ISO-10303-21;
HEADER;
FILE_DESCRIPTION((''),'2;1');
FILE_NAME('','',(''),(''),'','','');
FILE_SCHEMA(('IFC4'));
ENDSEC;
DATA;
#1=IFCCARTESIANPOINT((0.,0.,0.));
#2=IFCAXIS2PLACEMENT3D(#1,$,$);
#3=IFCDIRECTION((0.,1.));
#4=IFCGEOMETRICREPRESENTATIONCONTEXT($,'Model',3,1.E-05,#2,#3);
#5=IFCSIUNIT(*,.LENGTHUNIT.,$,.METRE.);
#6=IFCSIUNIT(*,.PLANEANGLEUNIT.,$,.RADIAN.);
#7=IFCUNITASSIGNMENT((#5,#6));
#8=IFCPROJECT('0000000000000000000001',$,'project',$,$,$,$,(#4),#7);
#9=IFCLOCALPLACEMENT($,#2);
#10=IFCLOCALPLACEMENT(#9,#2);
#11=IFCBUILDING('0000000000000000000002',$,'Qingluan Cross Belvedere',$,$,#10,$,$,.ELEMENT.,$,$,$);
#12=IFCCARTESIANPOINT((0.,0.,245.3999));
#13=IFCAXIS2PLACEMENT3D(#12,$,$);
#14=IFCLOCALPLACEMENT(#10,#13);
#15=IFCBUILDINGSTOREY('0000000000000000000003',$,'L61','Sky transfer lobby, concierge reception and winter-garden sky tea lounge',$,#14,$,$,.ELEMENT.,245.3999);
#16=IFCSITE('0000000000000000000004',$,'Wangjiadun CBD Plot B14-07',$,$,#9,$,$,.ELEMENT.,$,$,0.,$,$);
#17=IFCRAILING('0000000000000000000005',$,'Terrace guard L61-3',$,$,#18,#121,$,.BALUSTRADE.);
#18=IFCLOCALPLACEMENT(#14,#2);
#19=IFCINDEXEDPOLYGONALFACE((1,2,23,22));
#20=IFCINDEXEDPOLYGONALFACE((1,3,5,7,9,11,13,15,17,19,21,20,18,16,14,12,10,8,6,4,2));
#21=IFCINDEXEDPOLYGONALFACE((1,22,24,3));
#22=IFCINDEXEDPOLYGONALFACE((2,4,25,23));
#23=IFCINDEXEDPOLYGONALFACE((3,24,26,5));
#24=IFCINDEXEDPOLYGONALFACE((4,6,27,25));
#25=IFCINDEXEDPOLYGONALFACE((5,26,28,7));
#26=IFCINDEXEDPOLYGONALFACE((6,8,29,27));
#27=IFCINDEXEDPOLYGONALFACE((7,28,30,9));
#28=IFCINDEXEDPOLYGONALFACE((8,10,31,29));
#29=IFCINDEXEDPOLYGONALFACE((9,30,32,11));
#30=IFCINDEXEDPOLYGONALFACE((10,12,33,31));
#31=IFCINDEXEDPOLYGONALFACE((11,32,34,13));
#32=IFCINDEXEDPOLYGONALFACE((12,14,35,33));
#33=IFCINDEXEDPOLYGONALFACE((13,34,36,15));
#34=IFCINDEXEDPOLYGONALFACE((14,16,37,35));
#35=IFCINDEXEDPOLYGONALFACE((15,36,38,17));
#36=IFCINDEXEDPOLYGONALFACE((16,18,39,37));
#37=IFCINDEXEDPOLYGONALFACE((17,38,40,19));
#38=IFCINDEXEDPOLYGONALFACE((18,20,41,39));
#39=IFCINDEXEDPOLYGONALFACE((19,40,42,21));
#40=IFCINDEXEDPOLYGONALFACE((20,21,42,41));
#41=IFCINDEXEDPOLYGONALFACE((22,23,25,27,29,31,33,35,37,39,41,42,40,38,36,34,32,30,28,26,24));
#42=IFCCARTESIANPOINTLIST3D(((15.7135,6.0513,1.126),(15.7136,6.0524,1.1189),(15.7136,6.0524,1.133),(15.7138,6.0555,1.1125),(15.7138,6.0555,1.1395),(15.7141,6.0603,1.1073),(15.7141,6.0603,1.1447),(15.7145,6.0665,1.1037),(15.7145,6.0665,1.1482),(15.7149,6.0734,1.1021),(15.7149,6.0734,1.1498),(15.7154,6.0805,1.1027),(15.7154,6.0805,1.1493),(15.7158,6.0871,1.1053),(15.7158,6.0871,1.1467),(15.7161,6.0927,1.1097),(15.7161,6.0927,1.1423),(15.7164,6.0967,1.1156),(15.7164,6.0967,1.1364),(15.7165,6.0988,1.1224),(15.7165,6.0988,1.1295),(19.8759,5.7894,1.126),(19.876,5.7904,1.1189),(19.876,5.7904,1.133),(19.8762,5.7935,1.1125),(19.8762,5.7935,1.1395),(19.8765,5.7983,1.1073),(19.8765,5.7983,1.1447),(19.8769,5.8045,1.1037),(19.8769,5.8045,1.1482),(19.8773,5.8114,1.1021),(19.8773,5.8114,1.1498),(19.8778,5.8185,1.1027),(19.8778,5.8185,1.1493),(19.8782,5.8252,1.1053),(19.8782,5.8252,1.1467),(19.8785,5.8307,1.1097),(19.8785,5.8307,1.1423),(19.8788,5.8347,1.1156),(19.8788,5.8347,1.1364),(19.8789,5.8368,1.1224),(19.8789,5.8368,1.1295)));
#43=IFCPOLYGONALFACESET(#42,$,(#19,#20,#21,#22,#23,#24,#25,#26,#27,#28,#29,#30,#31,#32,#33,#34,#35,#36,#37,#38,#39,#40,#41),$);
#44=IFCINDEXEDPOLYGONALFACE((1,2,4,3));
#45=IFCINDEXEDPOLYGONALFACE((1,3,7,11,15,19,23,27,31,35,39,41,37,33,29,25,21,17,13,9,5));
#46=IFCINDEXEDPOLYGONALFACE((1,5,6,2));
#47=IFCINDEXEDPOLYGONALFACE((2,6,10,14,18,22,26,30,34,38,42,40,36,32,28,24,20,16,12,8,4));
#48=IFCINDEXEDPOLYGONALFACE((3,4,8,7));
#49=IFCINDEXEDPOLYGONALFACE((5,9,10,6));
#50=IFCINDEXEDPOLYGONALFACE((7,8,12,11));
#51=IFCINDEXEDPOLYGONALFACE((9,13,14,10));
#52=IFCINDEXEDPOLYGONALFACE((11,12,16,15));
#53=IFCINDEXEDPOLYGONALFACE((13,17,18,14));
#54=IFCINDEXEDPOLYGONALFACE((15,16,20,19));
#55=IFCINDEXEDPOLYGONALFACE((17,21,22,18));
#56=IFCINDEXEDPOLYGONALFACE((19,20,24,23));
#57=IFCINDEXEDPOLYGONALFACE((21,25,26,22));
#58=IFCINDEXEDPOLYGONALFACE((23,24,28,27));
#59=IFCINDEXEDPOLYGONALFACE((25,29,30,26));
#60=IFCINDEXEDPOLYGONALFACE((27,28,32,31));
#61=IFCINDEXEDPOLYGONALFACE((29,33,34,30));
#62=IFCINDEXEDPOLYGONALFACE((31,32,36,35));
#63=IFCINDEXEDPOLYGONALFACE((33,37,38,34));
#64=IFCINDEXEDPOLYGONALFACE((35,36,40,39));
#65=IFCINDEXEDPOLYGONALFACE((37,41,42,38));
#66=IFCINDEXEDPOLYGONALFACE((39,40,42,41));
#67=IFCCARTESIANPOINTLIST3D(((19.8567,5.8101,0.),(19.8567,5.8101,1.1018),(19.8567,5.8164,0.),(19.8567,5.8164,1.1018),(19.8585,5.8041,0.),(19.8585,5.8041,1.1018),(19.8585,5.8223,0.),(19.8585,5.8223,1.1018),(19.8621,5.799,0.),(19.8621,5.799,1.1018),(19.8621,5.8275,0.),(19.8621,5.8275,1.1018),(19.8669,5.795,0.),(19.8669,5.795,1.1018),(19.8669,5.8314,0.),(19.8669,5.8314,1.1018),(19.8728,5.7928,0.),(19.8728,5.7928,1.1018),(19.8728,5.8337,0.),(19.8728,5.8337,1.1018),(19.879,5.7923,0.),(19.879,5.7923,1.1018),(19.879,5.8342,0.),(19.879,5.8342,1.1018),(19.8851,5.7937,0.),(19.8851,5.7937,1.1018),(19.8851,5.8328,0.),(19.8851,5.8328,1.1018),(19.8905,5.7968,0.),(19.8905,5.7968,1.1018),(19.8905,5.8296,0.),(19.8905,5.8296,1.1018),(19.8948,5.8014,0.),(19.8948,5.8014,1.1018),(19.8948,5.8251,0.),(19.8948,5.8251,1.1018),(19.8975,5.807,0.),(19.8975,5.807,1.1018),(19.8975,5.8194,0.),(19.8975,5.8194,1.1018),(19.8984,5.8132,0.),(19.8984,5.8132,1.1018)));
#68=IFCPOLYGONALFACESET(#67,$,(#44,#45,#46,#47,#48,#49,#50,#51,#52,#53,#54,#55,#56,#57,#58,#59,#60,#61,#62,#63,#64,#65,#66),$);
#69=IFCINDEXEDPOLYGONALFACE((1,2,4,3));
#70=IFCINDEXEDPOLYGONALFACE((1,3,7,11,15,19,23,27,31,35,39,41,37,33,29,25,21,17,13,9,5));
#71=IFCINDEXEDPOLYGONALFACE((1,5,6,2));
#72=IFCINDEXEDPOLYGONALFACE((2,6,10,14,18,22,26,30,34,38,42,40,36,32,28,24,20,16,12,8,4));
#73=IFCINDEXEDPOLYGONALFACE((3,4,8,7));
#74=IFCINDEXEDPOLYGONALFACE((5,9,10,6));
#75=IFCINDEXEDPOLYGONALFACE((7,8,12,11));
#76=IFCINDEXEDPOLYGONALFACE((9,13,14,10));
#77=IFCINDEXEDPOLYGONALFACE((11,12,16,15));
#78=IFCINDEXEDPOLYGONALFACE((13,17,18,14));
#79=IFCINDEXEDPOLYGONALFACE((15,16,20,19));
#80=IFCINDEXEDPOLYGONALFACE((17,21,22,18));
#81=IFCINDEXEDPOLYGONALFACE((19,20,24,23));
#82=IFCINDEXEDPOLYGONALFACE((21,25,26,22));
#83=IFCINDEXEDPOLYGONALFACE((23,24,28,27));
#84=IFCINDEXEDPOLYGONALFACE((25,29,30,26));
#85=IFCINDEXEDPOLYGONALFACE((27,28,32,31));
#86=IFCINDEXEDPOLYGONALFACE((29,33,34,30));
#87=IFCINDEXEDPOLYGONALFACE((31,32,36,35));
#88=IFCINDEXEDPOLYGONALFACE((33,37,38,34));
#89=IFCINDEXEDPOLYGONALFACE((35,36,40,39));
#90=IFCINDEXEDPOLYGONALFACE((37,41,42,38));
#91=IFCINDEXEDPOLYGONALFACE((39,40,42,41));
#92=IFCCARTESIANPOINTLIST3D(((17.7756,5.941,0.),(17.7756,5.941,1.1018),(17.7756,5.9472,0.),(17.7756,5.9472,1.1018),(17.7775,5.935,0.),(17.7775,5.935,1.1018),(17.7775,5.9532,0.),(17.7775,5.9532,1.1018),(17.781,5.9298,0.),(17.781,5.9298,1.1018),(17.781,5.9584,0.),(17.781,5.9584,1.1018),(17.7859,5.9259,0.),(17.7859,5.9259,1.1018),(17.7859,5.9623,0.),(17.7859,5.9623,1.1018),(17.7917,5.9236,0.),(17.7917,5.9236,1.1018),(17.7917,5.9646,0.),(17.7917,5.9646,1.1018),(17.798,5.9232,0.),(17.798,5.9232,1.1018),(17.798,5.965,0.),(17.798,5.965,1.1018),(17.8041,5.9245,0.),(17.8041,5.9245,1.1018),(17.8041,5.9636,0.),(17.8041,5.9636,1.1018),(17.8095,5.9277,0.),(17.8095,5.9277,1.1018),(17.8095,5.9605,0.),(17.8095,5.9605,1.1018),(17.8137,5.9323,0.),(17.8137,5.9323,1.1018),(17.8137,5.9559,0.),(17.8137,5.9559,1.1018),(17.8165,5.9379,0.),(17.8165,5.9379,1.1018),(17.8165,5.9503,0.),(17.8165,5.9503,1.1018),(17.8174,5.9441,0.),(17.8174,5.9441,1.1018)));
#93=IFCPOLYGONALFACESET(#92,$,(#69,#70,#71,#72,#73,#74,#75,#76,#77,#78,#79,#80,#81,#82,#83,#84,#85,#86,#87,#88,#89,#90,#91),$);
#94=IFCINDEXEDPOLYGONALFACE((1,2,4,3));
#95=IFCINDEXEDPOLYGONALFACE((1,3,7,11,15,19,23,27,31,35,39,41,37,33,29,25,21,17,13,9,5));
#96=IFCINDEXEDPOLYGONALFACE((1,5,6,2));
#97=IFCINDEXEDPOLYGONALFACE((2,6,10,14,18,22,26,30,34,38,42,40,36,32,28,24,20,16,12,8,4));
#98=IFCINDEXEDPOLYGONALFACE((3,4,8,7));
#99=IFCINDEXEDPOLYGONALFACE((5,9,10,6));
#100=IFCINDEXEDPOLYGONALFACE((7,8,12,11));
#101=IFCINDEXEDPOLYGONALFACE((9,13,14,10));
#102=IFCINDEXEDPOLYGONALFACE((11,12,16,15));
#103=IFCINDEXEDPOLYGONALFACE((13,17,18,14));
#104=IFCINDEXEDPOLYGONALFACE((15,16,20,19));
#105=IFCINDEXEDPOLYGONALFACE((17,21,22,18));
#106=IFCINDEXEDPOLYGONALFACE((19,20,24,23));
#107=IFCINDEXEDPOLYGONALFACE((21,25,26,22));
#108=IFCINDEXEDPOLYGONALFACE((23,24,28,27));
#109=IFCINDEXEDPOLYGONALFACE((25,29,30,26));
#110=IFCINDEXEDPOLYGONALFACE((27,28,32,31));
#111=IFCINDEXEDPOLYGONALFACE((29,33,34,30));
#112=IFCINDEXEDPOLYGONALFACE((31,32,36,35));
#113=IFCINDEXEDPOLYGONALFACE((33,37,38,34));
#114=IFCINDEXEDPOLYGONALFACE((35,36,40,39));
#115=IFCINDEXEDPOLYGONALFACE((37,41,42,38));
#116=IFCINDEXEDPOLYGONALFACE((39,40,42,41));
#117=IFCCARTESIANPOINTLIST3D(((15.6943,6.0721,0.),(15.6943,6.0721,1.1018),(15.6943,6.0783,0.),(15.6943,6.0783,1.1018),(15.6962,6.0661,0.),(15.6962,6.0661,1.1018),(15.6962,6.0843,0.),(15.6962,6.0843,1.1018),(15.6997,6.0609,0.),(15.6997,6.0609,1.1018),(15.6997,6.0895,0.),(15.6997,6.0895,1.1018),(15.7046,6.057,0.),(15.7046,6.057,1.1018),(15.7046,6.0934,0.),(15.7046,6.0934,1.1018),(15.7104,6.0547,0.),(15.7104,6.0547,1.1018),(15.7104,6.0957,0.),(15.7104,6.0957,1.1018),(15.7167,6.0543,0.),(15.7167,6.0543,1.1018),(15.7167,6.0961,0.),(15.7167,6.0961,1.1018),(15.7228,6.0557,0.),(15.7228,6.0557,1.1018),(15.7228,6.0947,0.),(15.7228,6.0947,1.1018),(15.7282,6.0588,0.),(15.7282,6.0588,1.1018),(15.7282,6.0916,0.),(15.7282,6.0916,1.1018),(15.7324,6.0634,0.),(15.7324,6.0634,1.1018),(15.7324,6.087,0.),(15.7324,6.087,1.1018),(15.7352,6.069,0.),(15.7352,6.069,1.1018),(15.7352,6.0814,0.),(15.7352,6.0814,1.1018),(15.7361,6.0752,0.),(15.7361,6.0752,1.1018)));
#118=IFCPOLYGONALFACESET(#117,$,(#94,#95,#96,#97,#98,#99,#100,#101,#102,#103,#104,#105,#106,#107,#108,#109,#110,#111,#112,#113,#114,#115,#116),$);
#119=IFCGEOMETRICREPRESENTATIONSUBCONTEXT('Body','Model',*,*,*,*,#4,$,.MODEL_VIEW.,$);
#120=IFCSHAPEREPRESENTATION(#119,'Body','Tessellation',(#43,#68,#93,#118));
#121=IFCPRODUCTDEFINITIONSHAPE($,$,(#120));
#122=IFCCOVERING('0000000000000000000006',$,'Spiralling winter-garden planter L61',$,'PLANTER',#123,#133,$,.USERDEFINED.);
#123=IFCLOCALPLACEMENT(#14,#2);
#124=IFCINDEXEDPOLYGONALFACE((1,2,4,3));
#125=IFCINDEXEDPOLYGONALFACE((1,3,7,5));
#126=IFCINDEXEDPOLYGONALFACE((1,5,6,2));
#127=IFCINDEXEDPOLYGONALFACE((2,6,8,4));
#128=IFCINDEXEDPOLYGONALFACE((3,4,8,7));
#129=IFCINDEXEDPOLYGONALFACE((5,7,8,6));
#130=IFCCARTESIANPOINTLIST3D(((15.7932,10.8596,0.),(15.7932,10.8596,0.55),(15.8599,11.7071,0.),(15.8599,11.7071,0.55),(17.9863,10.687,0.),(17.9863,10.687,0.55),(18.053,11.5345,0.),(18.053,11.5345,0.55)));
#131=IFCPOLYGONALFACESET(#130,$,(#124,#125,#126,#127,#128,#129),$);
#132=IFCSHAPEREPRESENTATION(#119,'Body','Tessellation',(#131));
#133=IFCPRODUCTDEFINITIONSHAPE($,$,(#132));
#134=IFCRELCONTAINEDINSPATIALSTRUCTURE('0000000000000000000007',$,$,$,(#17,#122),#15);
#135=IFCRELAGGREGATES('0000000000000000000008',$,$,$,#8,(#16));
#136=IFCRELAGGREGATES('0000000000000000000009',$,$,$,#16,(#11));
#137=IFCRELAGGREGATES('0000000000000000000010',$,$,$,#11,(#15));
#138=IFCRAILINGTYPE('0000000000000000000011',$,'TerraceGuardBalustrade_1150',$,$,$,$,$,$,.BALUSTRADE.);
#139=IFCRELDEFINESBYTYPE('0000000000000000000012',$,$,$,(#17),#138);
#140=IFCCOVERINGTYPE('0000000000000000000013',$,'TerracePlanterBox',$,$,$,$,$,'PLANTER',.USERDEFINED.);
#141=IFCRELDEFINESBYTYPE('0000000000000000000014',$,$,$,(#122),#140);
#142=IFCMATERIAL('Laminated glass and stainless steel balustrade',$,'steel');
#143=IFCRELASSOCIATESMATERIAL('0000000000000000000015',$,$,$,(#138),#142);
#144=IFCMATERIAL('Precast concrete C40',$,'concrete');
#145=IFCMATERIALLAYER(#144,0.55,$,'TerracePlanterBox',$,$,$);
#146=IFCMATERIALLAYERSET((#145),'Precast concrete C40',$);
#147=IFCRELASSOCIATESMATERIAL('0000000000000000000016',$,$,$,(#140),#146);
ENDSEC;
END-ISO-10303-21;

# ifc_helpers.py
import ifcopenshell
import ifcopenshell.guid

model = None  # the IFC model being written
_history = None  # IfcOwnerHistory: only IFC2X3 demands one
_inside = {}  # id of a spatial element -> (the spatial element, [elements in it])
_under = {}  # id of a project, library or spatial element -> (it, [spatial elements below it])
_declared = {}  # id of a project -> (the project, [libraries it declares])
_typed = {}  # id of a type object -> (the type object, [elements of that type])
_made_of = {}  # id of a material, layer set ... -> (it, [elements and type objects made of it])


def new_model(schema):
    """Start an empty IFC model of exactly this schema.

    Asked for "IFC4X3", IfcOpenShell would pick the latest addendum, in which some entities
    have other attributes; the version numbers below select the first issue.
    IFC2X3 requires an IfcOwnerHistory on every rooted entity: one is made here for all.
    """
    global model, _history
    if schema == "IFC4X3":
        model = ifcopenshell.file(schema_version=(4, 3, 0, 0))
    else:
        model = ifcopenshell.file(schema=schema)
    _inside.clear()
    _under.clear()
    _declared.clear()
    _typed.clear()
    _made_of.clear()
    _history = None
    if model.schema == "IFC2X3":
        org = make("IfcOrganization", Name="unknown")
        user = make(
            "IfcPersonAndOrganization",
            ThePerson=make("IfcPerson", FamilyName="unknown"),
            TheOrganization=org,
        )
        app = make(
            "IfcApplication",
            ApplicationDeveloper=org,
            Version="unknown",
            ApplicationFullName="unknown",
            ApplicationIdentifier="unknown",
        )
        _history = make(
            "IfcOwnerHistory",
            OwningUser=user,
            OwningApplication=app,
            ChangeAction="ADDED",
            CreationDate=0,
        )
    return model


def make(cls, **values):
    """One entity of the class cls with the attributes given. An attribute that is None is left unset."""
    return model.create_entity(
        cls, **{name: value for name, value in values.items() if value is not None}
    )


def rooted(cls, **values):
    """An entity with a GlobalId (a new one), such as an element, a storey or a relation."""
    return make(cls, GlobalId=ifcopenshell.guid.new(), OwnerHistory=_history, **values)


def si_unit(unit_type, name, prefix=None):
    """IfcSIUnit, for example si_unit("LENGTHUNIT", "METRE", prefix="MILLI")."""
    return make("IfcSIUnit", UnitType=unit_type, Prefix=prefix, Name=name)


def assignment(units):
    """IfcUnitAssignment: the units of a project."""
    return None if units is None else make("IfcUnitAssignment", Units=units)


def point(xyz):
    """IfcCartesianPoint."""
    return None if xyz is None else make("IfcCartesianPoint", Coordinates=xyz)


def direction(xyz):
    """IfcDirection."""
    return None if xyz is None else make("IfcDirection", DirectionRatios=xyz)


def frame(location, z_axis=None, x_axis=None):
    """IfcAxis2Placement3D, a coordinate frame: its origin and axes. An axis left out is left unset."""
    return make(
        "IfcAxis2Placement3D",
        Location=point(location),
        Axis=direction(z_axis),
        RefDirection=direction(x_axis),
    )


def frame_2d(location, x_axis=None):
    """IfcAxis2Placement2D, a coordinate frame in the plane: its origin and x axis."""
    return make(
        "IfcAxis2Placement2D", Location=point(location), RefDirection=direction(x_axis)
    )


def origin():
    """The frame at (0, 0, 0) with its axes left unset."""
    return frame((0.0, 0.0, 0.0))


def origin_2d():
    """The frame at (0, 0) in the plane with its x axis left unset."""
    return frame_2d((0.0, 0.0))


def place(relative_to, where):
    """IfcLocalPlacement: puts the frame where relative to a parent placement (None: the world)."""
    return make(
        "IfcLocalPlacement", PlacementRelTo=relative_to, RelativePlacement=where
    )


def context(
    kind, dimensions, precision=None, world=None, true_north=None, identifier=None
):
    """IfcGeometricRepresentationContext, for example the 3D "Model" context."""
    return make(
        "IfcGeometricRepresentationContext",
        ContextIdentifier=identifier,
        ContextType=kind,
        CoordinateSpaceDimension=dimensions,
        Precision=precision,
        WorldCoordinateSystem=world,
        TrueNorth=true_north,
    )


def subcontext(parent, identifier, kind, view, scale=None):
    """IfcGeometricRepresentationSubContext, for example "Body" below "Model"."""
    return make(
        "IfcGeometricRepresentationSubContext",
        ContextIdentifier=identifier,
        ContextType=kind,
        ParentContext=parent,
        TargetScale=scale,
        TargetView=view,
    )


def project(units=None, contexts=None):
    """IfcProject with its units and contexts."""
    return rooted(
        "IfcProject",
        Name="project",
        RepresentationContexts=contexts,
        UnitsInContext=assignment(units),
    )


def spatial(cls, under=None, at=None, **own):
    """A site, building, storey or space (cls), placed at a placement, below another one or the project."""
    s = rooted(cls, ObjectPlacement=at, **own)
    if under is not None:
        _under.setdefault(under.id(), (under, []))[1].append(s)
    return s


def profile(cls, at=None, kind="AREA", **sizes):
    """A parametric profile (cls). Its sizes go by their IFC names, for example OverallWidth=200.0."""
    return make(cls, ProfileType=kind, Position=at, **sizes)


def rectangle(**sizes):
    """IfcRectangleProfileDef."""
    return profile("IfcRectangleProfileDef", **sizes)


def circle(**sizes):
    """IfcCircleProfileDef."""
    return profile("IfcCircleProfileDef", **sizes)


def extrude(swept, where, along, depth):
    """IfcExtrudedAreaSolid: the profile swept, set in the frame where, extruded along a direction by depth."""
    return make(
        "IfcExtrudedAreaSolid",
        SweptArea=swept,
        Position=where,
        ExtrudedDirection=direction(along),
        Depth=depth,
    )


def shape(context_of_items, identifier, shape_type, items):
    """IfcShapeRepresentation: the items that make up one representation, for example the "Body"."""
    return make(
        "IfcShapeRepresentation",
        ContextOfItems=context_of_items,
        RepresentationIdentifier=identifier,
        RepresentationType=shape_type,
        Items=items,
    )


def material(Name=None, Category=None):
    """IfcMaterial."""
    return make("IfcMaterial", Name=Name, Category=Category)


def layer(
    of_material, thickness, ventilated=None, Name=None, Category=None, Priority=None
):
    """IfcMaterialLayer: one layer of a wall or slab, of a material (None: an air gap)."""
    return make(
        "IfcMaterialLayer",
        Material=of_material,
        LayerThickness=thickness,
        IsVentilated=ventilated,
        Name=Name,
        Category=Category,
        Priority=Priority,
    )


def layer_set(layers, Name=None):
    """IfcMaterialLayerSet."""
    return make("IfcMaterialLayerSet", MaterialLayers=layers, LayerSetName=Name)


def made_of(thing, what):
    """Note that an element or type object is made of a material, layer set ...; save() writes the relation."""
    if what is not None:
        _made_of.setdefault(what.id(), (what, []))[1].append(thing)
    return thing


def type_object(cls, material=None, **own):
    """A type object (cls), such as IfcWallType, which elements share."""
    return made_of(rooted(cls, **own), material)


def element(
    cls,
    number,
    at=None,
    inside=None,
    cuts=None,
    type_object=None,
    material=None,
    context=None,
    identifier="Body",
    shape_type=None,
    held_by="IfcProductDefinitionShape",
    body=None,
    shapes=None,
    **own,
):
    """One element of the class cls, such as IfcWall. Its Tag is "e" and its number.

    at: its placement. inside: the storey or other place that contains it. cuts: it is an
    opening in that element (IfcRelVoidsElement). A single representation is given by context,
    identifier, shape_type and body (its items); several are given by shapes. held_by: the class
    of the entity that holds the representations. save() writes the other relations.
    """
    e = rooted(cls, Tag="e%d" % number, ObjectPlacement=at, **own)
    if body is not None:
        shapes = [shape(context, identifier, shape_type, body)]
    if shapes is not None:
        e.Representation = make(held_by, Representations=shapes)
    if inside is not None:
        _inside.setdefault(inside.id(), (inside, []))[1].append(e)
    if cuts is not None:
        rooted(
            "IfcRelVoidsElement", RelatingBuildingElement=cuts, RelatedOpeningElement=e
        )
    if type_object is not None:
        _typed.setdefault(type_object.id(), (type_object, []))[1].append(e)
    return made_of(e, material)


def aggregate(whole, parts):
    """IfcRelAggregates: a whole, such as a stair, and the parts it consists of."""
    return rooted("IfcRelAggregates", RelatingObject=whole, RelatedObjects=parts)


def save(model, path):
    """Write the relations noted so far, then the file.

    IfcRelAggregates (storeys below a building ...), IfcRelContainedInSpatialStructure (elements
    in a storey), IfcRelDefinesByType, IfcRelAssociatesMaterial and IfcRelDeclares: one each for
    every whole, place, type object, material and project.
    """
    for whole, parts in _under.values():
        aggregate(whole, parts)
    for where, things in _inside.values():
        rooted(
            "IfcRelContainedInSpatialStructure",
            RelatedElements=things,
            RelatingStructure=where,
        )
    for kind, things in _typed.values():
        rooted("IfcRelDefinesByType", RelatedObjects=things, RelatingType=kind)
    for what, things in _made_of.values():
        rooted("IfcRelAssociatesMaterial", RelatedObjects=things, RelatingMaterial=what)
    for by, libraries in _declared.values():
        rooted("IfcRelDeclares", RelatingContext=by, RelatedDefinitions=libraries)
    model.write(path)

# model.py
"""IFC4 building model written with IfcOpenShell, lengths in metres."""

from ifc_helpers import new_model, si_unit, direction, frame, origin, origin_2d, place, context, subcontext, project, spatial, rectangle, circle, extrude, material, layer, layer_set, type_object, element, save


model = new_model("IFC4")

# Units and contexts
model_context = context("Model", 3, precision=1e-05, world=origin(), true_north=direction((0.0, 1.0)))
body_context = subcontext(model_context, "Body", "Model", "MODEL_VIEW")
ifc_project = project(units=[si_unit("LENGTHUNIT", "METRE"), si_unit("PLANEANGLEUNIT", "RADIAN")], contexts=[model_context])

# Site, building, storey
site_placement = place(None, origin())
site = spatial("IfcSite", under=ifc_project, at=site_placement, Name="Wangjiadun CBD Plot B14-07", CompositionType="ELEMENT", RefElevation=0.0)
building_placement = place(site_placement, origin())
building = spatial("IfcBuilding", under=site, at=building_placement, Name="Qingluan Cross Belvedere", CompositionType="ELEMENT")
storey_placement = place(building_placement, frame((0.0, 0.0, 245.3999)))
storey = spatial("IfcBuildingStorey", under=building, at=storey_placement, Name="L61", Description="Sky transfer lobby, concierge reception and winter-garden sky tea lounge", CompositionType="ELEMENT", Elevation=245.3999)

# Railing
ifc_material_1 = material(Name="Laminated glass and stainless steel balustrade", Category="steel")
railing_type = type_object("IfcRailingType", Name="TerraceGuardBalustrade_1150", PredefinedType="BALUSTRADE", material=ifc_material_1)
railing_1_placement = place(storey_placement, frame((19.8774, 5.8132, 0.0)))
element("IfcRailing", 1, at=railing_1_placement, inside=storey, type_object=railing_type, Name="Terrace guard L61-3", PredefinedType="BALUSTRADE", context=body_context, shape_type="SweptSolid", body=[
    extrude(circle(Radius=0.0239, at=origin_2d()), frame((0.0, 0.0, 1.126), z_axis=(-0.998025, 0.062812, 0.0), x_axis=(-0.062812, -0.998025, 0.0)), (0.0, 0.0, 1.0), 4.1707),
    extrude(circle(Radius=0.021, at=origin_2d()), origin(), (0.0, 0.0, 1.0), 1.1018),
    extrude(circle(Radius=0.021, at=origin_2d()), frame((-2.0811, 0.1309, 0.0)), (0.0, 0.0, 1.0), 1.1018),
    extrude(circle(Radius=0.021, at=origin_2d()), frame((-4.1624, 0.262, 0.0)), (0.0, 0.0, 1.0), 1.1018),
])

# Covering
ifc_material_2 = material(Name="Precast concrete C40", Category="concrete")
ifc_layer_1 = layer(ifc_material_2, 0.55, Name="TerracePlanterBox")
ifc_layer_set_1 = layer_set([ifc_layer_1], Name="Precast concrete C40")
covering_type_1 = type_object("IfcCoveringType", Name="TerracePlanterBox", ElementType="PLANTER", PredefinedType="USERDEFINED", material=ifc_layer_set_1)
covering_1_placement = place(storey_placement, frame((16.9231, 11.197, 0.0), z_axis=(0.0, 0.0, 1.0), x_axis=(0.996917, -0.078459, 0.0)))
element("IfcCovering", 2, at=covering_1_placement, inside=storey, type_object=covering_type_1, Name="Spiralling winter-garden planter L61", ObjectType="PLANTER", PredefinedType="USERDEFINED", context=body_context, shape_type="SweptSolid", body=[
    extrude(rectangle(XDim=2.2, YDim=0.8501, at=origin_2d()), origin(), (0.0, 0.0, 1.0), 0.55),
])

save(model, "model.ifc")
